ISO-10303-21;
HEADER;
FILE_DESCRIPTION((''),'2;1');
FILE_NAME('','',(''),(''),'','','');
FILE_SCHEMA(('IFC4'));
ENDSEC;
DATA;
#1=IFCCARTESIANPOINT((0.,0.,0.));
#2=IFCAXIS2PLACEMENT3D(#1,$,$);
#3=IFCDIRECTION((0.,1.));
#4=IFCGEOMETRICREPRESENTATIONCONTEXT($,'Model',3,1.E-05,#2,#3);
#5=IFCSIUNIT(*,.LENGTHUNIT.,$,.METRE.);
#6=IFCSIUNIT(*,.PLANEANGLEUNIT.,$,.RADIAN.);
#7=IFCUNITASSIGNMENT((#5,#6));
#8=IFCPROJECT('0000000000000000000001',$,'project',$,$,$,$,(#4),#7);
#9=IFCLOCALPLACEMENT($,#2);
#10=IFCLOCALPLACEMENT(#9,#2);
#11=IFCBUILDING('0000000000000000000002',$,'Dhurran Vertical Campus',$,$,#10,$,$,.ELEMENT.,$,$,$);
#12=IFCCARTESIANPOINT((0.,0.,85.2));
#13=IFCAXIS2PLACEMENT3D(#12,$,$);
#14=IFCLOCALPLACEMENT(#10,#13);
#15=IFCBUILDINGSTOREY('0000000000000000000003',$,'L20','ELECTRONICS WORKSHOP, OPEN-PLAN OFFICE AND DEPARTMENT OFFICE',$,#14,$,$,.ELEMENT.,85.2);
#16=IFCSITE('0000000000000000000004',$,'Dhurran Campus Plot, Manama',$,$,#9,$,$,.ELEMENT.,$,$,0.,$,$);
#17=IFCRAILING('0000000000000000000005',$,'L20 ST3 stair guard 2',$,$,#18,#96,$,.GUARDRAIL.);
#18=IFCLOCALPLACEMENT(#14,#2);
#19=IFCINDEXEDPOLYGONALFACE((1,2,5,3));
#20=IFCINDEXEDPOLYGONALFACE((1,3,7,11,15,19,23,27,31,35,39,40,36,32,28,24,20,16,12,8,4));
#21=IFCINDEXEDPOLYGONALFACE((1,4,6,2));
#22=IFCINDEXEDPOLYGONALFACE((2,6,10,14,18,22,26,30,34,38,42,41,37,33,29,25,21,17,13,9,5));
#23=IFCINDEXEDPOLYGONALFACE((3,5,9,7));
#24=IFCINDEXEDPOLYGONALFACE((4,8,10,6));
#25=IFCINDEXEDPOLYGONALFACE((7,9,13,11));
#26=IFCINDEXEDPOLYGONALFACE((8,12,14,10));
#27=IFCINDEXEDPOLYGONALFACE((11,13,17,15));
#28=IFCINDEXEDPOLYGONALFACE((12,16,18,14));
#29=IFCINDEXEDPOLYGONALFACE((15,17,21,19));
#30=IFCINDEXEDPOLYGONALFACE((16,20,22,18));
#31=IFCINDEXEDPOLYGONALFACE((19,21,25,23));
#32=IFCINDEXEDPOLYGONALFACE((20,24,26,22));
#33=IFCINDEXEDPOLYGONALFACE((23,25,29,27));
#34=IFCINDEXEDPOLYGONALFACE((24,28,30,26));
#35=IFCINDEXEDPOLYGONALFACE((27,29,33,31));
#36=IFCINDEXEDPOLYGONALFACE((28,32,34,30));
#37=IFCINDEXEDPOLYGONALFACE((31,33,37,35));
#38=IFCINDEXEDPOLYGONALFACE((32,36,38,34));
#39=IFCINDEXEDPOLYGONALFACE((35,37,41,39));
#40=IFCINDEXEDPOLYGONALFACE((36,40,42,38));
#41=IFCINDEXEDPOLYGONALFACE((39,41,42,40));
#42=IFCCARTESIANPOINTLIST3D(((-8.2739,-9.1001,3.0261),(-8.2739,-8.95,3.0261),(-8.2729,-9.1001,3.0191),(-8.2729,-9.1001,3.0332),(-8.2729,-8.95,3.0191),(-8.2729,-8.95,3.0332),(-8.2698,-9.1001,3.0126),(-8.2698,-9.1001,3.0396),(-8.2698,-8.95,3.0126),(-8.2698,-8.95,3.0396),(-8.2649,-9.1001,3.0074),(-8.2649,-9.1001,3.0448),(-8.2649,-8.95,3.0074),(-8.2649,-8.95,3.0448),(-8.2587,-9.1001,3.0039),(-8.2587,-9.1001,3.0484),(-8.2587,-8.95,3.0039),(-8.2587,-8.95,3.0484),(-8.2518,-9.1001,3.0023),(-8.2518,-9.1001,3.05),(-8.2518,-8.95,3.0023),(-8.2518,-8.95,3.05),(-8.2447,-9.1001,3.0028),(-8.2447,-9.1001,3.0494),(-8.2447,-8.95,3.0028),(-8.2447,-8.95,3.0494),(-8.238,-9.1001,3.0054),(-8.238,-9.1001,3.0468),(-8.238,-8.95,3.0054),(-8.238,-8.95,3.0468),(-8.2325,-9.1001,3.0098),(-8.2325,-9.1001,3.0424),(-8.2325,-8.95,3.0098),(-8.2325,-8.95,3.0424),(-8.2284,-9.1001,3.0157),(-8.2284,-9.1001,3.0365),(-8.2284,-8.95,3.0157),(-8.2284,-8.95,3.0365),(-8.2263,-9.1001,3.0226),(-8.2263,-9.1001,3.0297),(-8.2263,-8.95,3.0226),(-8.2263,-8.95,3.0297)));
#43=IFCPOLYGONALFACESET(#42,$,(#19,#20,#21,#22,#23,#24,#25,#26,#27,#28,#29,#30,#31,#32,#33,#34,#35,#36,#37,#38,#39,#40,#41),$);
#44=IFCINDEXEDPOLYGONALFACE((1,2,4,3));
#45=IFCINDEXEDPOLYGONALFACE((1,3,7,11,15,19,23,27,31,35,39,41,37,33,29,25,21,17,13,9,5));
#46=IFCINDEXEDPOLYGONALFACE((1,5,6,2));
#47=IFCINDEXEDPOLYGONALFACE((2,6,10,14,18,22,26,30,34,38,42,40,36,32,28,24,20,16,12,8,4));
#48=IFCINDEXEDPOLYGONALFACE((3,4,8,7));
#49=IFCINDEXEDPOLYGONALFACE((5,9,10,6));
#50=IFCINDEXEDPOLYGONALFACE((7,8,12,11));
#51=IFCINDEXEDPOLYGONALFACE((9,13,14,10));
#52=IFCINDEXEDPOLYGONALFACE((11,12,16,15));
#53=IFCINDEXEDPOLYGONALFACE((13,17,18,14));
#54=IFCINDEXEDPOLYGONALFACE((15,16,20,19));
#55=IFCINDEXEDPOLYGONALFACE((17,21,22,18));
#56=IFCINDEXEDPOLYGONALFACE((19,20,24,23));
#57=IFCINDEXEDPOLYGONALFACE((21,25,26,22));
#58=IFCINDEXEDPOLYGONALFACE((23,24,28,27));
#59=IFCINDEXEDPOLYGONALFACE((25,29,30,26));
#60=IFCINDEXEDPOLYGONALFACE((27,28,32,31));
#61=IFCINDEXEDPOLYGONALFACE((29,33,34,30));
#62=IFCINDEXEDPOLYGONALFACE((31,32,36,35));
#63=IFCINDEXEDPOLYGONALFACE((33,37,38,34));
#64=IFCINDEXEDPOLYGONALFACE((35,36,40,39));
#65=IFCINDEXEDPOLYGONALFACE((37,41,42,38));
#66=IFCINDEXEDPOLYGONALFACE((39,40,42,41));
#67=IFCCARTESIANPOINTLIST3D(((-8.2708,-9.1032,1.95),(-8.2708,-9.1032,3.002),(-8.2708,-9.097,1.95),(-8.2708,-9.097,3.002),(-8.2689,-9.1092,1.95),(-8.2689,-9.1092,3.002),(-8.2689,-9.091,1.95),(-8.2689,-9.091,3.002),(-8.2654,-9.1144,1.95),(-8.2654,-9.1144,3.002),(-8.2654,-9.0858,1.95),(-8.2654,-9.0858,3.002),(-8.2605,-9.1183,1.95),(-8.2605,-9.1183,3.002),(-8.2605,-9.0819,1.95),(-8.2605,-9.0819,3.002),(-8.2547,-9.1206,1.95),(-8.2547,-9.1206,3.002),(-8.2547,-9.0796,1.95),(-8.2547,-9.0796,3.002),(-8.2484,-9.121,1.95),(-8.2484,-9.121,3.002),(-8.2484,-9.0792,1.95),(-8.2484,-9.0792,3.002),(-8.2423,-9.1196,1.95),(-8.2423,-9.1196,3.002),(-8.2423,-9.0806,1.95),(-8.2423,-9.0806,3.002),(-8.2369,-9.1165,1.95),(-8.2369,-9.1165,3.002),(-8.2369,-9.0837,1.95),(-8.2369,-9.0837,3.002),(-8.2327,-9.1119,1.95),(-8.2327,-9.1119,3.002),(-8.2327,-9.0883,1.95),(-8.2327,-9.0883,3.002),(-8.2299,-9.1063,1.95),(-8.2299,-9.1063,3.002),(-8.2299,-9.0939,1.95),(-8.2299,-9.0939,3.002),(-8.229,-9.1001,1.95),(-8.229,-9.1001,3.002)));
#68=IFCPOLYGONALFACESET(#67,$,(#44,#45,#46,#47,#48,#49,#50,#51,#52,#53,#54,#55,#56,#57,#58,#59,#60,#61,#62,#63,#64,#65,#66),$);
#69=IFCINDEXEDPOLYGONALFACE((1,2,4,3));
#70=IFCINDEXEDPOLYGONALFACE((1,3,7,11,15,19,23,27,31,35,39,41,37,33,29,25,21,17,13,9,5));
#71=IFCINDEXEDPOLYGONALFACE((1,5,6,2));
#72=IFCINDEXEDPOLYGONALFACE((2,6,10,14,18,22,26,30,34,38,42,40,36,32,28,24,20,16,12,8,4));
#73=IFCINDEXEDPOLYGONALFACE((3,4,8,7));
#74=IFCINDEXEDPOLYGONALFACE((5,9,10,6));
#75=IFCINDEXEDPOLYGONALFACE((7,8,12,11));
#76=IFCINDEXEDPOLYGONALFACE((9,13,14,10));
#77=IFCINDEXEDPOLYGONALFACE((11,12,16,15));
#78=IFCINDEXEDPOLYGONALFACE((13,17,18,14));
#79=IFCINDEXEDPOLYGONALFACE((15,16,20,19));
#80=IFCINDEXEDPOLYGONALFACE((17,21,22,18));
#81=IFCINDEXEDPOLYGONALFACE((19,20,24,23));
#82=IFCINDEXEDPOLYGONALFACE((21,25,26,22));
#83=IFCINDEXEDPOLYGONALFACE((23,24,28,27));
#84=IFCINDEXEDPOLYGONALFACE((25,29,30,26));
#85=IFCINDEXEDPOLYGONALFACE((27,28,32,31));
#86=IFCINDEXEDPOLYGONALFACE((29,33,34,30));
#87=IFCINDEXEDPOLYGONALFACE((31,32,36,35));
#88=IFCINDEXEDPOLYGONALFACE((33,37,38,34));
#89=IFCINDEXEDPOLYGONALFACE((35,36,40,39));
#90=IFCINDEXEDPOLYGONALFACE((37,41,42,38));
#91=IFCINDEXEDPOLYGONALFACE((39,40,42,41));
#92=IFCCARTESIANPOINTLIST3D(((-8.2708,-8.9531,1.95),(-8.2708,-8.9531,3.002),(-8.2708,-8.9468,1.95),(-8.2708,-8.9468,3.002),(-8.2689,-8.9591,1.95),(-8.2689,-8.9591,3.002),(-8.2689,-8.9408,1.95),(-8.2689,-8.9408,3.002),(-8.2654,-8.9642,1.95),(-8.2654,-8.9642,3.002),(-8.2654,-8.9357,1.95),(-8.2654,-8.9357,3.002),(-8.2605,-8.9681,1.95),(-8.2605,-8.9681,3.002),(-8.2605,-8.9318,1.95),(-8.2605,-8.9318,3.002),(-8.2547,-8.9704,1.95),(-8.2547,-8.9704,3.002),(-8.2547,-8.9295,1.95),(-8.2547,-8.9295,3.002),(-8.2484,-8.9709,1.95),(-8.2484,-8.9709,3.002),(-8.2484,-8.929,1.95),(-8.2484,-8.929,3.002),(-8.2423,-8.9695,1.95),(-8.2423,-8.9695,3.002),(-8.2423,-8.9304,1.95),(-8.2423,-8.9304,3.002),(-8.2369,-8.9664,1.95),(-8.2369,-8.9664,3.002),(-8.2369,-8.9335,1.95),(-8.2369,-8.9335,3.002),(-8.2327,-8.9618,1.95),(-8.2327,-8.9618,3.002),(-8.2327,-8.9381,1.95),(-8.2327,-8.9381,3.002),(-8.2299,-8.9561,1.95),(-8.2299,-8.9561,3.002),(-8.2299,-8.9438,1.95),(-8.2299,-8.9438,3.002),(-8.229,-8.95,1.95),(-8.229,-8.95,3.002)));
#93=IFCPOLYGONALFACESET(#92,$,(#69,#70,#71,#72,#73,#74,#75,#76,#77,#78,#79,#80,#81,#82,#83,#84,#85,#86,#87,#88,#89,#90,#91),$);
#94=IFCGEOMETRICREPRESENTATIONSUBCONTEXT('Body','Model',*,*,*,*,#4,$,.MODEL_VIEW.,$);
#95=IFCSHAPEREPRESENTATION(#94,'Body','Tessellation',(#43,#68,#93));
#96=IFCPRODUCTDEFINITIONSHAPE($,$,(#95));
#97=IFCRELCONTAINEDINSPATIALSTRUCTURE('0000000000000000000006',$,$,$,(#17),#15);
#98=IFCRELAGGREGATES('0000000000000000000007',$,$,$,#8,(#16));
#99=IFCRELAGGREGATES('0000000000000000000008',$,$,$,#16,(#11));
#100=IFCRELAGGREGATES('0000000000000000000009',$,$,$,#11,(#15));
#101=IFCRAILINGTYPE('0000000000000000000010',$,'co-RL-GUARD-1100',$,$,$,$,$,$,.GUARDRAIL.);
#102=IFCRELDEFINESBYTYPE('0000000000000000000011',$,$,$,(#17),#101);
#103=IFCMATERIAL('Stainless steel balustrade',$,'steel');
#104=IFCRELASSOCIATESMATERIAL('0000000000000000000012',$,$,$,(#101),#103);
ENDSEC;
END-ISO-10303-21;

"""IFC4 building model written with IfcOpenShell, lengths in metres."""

from ifc_helpers import new_model, si_unit, direction, frame, origin, origin_2d, place, context, subcontext, project, spatial, circle, extrude, material, type_object, element, save


model = new_model("IFC4")

# Units and contexts
model_context = context("Model", 3, precision=1e-05, world=origin(), true_north=direction((0.0, 1.0)))
body_context = subcontext(model_context, "Body", "Model", "MODEL_VIEW")
ifc_project = project(units=[si_unit("LENGTHUNIT", "METRE"), si_unit("PLANEANGLEUNIT", "RADIAN")], contexts=[model_context])

# Site, building, storey
site_placement = place(None, origin())
site = spatial("IfcSite", under=ifc_project, at=site_placement, Name="Dhurran Campus Plot, Manama", CompositionType="ELEMENT", RefElevation=0.0)
building_placement = place(site_placement, origin())
building = spatial("IfcBuilding", under=site, at=building_placement, Name="Dhurran Vertical Campus", CompositionType="ELEMENT")
storey_placement = place(building_placement, frame((0.0, 0.0, 85.2)))
storey = spatial("IfcBuildingStorey", under=building, at=storey_placement, Name="L20", Description="ELECTRONICS WORKSHOP, OPEN-PLAN OFFICE AND DEPARTMENT OFFICE", CompositionType="ELEMENT", Elevation=85.2)

# Railing
ifc_material_1 = material(Name="Stainless steel balustrade", Category="steel")
railing_type_1 = type_object("IfcRailingType", Name="co-RL-GUARD-1100", PredefinedType="GUARDRAIL", material=ifc_material_1)
railing_1_placement = place(storey_placement, frame((-8.25, -9.1001, 1.95)))
element("IfcRailing", 1, at=railing_1_placement, inside=storey, type_object=railing_type_1, Name="L20 ST3 stair guard 2", PredefinedType="GUARDRAIL", context=body_context, shape_type="SweptSolid", body=[
    extrude(circle(Radius=0.0239, at=origin_2d()), frame((0.0, 0.0, 1.0762), z_axis=(0.0, 1.0, 0.0), x_axis=(-1.0, 0.0, 0.0)), (0.0, 0.0, 1.0), 0.1501),
    extrude(circle(Radius=0.021, at=origin_2d()), origin(), (0.0, 0.0, 1.0), 1.052),
    extrude(circle(Radius=0.021, at=origin_2d()), frame((0.0, 0.1501, 0.0)), (0.0, 0.0, 1.0), 1.052),
])

save(model, "model.ifc")
